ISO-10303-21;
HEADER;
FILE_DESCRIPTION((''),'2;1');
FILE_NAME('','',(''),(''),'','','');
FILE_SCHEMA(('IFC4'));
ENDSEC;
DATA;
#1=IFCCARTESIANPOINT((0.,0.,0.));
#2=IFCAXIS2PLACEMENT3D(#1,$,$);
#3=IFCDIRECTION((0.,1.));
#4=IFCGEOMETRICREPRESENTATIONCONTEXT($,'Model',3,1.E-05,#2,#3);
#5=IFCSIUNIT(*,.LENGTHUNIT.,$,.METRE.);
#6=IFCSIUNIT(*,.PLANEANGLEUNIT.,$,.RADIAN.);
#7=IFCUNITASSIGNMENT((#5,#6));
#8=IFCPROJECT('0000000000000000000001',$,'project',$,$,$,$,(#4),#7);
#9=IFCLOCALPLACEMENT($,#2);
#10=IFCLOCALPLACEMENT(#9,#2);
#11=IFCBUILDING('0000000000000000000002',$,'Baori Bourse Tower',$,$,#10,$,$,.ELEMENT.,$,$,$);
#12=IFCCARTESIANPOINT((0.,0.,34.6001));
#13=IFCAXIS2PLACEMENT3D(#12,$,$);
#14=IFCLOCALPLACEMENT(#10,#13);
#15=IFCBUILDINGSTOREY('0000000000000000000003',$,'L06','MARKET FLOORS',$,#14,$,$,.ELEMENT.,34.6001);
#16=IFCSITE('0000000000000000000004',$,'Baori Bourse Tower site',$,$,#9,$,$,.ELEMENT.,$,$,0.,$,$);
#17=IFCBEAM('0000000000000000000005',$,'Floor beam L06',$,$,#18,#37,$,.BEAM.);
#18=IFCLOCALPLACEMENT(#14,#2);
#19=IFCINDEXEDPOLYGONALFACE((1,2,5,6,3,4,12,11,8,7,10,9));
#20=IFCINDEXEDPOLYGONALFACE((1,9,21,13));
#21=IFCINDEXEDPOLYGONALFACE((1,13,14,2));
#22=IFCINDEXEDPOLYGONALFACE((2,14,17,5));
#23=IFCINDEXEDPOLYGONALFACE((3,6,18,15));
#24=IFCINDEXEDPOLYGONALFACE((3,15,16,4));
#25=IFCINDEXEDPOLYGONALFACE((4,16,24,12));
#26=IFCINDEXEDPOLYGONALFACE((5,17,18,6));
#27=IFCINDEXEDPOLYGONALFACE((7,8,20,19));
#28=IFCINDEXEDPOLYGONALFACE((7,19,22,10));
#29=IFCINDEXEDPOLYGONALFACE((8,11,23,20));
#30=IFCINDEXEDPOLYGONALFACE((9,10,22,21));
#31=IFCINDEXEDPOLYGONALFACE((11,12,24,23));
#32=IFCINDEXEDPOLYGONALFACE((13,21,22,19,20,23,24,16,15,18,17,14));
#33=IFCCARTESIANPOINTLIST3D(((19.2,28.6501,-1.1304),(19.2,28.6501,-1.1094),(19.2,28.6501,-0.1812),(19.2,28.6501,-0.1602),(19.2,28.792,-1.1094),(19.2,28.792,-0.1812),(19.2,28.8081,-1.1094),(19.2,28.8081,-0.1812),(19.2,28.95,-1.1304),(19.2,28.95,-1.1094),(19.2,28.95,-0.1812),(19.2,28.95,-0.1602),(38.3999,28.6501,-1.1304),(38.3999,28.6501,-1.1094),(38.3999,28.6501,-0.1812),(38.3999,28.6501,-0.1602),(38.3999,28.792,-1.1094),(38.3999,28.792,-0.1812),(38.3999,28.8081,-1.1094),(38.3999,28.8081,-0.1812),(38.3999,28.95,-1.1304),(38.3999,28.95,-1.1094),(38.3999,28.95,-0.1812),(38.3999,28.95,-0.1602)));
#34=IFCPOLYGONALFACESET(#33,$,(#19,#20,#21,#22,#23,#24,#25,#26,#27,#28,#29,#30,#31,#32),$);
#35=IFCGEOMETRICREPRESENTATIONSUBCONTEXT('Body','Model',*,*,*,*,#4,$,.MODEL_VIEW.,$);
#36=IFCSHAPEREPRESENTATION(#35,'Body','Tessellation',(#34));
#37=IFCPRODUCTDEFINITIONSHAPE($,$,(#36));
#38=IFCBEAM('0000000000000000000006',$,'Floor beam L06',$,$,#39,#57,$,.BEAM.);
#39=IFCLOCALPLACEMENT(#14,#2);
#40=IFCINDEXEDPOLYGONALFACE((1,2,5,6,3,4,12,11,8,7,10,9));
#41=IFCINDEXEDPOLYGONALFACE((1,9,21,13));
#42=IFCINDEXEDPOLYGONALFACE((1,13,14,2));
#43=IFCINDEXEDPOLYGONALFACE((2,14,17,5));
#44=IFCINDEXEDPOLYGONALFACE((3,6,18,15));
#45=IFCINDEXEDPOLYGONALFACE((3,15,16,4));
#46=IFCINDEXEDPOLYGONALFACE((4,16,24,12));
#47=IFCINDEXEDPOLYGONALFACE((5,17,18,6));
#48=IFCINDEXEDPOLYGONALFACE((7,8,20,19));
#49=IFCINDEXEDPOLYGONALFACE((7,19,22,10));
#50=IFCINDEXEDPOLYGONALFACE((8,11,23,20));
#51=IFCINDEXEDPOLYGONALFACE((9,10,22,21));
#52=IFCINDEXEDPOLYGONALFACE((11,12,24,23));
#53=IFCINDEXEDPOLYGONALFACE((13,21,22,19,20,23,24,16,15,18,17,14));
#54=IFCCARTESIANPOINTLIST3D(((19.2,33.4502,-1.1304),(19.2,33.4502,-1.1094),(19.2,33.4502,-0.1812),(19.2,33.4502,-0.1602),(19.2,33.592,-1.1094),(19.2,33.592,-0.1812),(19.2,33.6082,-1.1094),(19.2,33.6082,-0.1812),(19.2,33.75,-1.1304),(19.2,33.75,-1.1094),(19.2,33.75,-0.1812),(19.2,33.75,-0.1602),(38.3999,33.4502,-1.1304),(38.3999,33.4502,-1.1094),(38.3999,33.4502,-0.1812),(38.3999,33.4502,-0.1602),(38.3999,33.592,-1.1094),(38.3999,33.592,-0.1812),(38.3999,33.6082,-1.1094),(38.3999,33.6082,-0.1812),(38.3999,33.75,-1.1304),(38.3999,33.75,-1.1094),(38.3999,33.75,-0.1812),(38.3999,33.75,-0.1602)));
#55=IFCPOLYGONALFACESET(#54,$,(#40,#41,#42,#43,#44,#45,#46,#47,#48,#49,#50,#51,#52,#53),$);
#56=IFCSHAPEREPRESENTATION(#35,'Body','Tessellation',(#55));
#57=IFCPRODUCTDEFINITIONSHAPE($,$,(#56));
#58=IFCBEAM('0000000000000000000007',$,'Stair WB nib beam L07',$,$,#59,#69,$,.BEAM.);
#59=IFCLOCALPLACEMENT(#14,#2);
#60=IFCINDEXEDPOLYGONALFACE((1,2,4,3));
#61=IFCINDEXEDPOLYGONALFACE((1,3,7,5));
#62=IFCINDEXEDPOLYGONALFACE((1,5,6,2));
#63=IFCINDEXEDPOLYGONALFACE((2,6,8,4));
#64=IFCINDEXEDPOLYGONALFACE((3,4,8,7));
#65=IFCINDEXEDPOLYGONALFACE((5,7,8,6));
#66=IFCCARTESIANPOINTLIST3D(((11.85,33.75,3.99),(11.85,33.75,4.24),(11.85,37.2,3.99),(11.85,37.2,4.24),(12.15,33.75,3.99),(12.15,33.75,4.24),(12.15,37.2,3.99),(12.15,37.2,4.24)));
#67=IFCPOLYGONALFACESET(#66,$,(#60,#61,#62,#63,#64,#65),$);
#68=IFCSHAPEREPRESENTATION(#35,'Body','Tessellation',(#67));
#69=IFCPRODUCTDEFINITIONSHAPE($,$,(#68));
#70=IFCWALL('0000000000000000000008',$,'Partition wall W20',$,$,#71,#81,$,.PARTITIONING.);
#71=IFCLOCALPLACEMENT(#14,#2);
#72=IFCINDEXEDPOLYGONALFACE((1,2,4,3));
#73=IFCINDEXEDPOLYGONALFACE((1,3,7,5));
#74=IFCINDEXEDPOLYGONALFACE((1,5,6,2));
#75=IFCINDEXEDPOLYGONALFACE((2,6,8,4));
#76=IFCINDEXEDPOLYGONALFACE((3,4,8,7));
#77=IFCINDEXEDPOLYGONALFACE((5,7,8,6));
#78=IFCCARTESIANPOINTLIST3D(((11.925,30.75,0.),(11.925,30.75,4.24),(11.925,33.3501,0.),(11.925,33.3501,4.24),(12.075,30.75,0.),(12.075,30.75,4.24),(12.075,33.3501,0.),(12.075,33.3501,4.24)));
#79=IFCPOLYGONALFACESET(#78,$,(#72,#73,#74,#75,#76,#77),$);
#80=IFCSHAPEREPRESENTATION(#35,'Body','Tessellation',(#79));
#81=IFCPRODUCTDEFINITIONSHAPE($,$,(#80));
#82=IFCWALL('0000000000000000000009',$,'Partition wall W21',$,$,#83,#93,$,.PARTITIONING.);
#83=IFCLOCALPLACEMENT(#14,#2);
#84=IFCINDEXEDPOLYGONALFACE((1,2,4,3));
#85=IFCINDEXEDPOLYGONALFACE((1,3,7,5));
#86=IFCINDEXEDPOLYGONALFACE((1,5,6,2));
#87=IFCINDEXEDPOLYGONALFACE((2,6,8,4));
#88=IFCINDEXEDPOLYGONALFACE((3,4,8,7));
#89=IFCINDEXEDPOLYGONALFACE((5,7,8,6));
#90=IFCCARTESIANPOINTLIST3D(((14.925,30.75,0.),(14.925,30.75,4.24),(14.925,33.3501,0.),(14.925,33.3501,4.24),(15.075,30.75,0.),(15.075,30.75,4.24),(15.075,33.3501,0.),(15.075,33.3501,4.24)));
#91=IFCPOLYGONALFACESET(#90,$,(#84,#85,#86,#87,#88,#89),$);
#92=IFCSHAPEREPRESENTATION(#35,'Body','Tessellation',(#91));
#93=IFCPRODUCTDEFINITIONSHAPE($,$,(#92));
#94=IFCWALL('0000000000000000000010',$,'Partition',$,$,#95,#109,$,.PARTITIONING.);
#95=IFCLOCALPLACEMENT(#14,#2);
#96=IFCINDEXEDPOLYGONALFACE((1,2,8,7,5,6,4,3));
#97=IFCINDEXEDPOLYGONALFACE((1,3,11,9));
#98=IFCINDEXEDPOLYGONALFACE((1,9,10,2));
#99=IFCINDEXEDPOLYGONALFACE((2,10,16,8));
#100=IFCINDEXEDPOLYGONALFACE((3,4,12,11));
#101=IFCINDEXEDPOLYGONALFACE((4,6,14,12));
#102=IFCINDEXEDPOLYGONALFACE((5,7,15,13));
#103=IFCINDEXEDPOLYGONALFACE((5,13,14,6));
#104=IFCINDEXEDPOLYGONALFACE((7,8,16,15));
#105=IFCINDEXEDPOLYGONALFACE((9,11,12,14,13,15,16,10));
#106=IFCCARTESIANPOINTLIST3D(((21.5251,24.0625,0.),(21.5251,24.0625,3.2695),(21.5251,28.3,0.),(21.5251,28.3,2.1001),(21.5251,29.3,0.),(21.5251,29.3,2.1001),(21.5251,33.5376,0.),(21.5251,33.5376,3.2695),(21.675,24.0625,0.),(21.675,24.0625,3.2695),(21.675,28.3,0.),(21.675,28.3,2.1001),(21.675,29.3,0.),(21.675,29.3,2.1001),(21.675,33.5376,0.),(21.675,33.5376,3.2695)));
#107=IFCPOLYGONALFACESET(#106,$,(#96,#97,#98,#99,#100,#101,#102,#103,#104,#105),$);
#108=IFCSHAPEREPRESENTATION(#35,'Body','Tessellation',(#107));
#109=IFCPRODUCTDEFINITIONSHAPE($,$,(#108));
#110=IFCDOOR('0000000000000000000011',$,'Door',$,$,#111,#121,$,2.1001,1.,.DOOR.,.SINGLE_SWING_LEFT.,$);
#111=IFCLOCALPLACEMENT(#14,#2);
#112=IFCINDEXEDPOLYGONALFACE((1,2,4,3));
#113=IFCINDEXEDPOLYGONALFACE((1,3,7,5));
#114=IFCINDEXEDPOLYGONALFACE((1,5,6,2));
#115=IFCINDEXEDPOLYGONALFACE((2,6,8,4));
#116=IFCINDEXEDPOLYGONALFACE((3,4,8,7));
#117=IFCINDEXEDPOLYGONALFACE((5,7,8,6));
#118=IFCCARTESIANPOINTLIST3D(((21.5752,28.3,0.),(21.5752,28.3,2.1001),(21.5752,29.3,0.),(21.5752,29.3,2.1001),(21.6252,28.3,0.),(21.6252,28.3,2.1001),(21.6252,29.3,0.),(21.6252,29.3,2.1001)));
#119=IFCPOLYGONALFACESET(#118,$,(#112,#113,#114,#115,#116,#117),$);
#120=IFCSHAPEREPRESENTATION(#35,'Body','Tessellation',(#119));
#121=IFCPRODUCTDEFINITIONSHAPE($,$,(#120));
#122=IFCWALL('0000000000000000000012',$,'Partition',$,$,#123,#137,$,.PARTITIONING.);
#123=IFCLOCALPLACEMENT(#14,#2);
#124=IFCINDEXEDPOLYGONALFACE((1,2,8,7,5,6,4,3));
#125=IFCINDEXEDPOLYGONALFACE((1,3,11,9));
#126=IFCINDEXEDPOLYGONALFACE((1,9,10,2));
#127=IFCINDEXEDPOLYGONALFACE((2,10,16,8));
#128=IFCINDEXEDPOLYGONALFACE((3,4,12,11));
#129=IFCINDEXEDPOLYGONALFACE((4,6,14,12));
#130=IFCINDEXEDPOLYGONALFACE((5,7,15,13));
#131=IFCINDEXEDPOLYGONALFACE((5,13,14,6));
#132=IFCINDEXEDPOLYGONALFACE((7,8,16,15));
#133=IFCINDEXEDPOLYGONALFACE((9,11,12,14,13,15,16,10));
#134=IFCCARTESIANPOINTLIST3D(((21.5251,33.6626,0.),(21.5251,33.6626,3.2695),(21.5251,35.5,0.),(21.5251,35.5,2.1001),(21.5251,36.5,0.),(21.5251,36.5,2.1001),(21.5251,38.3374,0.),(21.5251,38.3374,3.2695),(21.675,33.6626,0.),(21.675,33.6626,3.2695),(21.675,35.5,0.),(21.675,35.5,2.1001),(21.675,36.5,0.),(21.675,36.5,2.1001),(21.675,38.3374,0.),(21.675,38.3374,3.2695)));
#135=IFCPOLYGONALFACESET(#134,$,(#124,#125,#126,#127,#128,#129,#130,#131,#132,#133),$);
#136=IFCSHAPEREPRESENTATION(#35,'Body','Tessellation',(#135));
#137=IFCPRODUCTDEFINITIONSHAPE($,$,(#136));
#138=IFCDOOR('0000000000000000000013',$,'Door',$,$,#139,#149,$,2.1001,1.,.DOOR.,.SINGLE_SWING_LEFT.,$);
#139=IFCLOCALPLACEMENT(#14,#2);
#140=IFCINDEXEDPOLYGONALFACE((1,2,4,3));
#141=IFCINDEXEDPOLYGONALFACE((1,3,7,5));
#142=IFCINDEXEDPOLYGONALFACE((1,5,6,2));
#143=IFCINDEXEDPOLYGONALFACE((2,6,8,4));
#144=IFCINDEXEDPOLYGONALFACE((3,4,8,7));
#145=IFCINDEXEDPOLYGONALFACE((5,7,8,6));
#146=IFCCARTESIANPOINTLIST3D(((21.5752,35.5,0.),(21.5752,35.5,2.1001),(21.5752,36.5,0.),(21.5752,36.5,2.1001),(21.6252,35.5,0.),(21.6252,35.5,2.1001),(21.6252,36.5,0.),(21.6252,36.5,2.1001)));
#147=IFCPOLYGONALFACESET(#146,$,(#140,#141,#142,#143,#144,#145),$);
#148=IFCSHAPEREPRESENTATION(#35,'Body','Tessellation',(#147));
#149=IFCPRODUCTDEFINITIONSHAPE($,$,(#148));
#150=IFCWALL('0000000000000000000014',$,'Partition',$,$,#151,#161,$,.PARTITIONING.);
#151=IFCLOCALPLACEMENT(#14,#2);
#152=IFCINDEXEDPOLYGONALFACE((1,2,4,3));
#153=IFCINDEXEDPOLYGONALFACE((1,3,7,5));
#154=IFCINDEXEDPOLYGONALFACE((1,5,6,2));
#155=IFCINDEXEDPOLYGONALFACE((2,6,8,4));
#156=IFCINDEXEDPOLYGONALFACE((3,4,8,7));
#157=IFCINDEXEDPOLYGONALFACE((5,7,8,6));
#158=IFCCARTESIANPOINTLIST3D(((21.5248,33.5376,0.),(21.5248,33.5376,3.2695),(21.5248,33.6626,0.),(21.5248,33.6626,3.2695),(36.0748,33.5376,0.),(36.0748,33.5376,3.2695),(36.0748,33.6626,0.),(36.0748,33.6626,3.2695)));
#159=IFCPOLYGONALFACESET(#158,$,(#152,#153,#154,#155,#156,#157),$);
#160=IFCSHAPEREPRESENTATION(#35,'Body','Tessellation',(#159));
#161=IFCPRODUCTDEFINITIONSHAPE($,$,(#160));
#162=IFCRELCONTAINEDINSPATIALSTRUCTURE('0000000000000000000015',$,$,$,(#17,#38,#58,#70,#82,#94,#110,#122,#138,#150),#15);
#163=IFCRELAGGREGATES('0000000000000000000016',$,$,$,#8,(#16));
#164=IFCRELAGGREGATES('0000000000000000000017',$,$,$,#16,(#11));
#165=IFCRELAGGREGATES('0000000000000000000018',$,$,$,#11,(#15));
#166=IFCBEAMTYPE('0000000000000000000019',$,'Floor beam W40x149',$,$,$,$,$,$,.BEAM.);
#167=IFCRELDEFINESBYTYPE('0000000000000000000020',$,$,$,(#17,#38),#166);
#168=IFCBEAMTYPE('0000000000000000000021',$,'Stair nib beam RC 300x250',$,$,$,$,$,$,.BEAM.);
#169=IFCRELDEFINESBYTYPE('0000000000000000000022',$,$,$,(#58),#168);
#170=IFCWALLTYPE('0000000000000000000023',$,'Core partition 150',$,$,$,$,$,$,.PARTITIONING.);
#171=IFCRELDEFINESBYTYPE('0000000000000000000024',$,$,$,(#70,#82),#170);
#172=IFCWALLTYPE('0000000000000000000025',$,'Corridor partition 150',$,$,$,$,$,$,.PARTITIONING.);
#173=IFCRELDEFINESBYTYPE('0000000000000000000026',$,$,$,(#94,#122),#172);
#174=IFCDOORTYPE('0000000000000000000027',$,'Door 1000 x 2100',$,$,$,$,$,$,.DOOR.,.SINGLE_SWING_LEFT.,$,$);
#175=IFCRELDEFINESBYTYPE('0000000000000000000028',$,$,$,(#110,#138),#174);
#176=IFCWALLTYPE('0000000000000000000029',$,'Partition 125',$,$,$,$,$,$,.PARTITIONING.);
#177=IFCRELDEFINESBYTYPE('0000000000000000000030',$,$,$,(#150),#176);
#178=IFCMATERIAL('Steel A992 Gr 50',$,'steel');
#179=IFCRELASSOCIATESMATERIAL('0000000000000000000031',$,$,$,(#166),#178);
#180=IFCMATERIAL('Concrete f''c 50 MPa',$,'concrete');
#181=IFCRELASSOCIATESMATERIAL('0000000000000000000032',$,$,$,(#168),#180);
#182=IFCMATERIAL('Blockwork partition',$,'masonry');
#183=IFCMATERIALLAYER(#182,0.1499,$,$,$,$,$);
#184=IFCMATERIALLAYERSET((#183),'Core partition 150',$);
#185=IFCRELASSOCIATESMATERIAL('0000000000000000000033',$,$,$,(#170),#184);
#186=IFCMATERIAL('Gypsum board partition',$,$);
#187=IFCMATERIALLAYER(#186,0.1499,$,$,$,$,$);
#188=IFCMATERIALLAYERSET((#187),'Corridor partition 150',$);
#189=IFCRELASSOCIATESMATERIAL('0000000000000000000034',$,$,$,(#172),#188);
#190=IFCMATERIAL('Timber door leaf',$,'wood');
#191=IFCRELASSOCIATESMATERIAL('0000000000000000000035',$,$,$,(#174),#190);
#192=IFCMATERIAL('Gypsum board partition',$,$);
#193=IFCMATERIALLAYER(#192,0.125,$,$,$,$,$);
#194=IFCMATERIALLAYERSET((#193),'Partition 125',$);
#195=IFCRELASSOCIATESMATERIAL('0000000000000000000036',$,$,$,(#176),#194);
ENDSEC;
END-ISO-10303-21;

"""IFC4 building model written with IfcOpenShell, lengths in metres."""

from ifc_helpers import new_model, si_unit, direction, frame, frame_2d, origin, origin_2d, place, context, subcontext, project, spatial, rectangle, i_section, extrude, material, layer, layer_set, material_profile, profile_set, type_object, element, fill, save


model = new_model("IFC4")

# Units and contexts
model_context = context("Model", 3, precision=1e-05, world=origin(), true_north=direction((0.0, 1.0)))
body_context = subcontext(model_context, "Body", "Model", "MODEL_VIEW")
ifc_project = project(units=[si_unit("LENGTHUNIT", "METRE"), si_unit("PLANEANGLEUNIT", "RADIAN")], contexts=[model_context])

# Site, building, storey
site_placement = place(None, origin())
site = spatial("IfcSite", under=ifc_project, at=site_placement, Name="Baori Bourse Tower site", CompositionType="ELEMENT", RefElevation=0.0)
building_placement = place(site_placement, origin())
building = spatial("IfcBuilding", under=site, at=building_placement, Name="Baori Bourse Tower", CompositionType="ELEMENT")
storey_placement = place(building_placement, frame((0.0, 0.0, 34.6001)))
storey = spatial("IfcBuildingStorey", under=building, at=storey_placement, Name="L06", Description="MARKET FLOORS", CompositionType="ELEMENT", Elevation=34.6001)

# Beams
ifc_material_1 = material(Name="Steel A992 Gr 50", Category="steel")
ifc_material_profile_1 = material_profile(ifc_material_1, i_section(OverallWidth=0.2998, OverallDepth=0.9702, WebThickness=0.0161, FlangeThickness=0.021, at=origin_2d()), Name="W40x149")
ifc_profile_set_1 = profile_set([ifc_material_profile_1], Name="Steel A992 Gr 50")
beam_type_1 = type_object("IfcBeamType", Name="Floor beam W40x149", PredefinedType="BEAM", material=ifc_profile_set_1)
for number, where, z_axis, x_axis, name in (
    (1, (19.2, 28.8, -0.6453), (1.0, 0.0, 0.0), (0.0, 1.0, 0.0), "Floor beam L06"),
    (2, (19.2, 33.6001, -0.6453), (1.0, 0.0, 0.0), (0.0, 1.0, 0.0), "Floor beam L06"),
):
    element("IfcBeam", number, at=place(storey_placement, frame(where, z_axis=z_axis, x_axis=x_axis)), inside=storey, type_object=beam_type_1, Name=name, PredefinedType="BEAM", context=body_context, shape_type="SweptSolid", body=[
        extrude(i_section(OverallWidth=0.2998, OverallDepth=0.9702, WebThickness=0.0161, FlangeThickness=0.021, at=origin_2d()), origin(), (0.0, 0.0, 1.0), 19.2),
    ])
ifc_material_2 = material(Name="Concrete f'c 50 MPa", Category="concrete")
ifc_material_profile_2 = material_profile(ifc_material_2, rectangle(XDim=0.3, YDim=0.25, at=origin_2d()), Name="RC 300x250")
ifc_profile_set_2 = profile_set([ifc_material_profile_2], Name="Concrete f'c 50 MPa")
beam_type_2 = type_object("IfcBeamType", Name="Stair nib beam RC 300x250", PredefinedType="BEAM", material=ifc_profile_set_2)
beam_placement = place(storey_placement, frame((12.0, 33.75, 4.115), z_axis=(0.0, 1.0, 0.0), x_axis=(-1.0, 0.0, 0.0)))
element("IfcBeam", 3, at=beam_placement, inside=storey, type_object=beam_type_2, Name="Stair WB nib beam L07", PredefinedType="BEAM", context=body_context, shape_type="SweptSolid", body=[
    extrude(rectangle(XDim=0.3, YDim=0.25, at=origin_2d()), origin(), (0.0, 0.0, 1.0), 3.45),
])

# Walls
ifc_material_3 = material(Name="Blockwork partition", Category="masonry")
ifc_layer_1 = layer(ifc_material_3, 0.1499)
ifc_layer_set_1 = layer_set([ifc_layer_1], Name="Core partition 150")
wall_type_1 = type_object("IfcWallType", Name="Core partition 150", PredefinedType="PARTITIONING", material=ifc_layer_set_1)
for number, where, z_axis, x_axis, name in (
    (4, (12.0, 30.75, 0.0), (0.0, 0.0, 1.0), (0.0, 1.0, 0.0), "Partition wall W20"),
    (5, (15.0, 30.75, 0.0), (0.0, 0.0, 1.0), (0.0, 1.0, 0.0), "Partition wall W21"),
):
    element("IfcWall", number, at=place(storey_placement, frame(where, z_axis=z_axis, x_axis=x_axis)), inside=storey, type_object=wall_type_1, Name=name, PredefinedType="PARTITIONING", context=body_context, shape_type="SweptSolid", body=[
        extrude(rectangle(XDim=2.6001, YDim=0.1499, at=frame_2d((1.3, 0.0))), origin(), (0.0, 0.0, 1.0), 4.24),
    ])

# Walls, openings, doors
ifc_material_4 = material(Name="Gypsum board partition")
ifc_layer_2 = layer(ifc_material_4, 0.1499)
ifc_layer_set_2 = layer_set([ifc_layer_2], Name="Corridor partition 150")
wall_type_2 = type_object("IfcWallType", Name="Corridor partition 150", PredefinedType="PARTITIONING", material=ifc_layer_set_2)
wall_1_placement = place(storey_placement, frame((21.6001, 24.0625, 0.0), z_axis=(0.0, 0.0, 1.0), x_axis=(0.0, 1.0, 0.0)))
wall_1 = element("IfcWall", 6, at=wall_1_placement, inside=storey, type_object=wall_type_2, Name="Partition", PredefinedType="PARTITIONING", context=body_context, shape_type="SweptSolid", body=[
    extrude(rectangle(XDim=9.4751, YDim=0.1499, at=frame_2d((4.7375, 0.0))), origin(), (0.0, 0.0, 1.0), 3.2695),
])
opening_1_placement = place(wall_1_placement, frame((4.2375, 0.0, 0.0)))
opening_1 = element("IfcOpeningElement", 7, at=opening_1_placement, cuts=wall_1, PredefinedType="OPENING", context=body_context, shape_type="SweptSolid", body=[
    extrude(rectangle(XDim=1.0, YDim=2.1001, at=frame_2d((0.5, 1.05))), frame((0.0, 0.085, 0.0), z_axis=(0.0, -1.0, 0.0), x_axis=(1.0, 0.0, 0.0)), (0.0, 0.0, 1.0), 0.1699),
])
ifc_material_5 = material(Name="Timber door leaf", Category="wood")
door_type_1 = type_object("IfcDoorType", Name="Door 1000 x 2100", OperationType="SINGLE_SWING_LEFT", PredefinedType="DOOR", material=ifc_material_5)
door_1_placement = place(opening_1_placement, origin())
door_1 = element("IfcDoor", 8, at=door_1_placement, inside=storey, type_object=door_type_1, Name="Door", OperationType="SINGLE_SWING_LEFT", OverallHeight=2.1001, OverallWidth=1.0, PredefinedType="DOOR", context=body_context, shape_type="SweptSolid", body=[
    extrude(rectangle(XDim=1.0, YDim=2.1001, at=frame_2d((0.5, 1.05))), frame((0.0, 0.0249, 0.0), z_axis=(0.0, -1.0, 0.0), x_axis=(1.0, 0.0, 0.0)), (0.0, 0.0, 1.0), 0.05),
])
fill(opening_1, door_1)
wall_2_placement = place(storey_placement, frame((21.6001, 33.6626, 0.0), z_axis=(0.0, 0.0, 1.0), x_axis=(0.0, 1.0, 0.0)))
wall_2 = element("IfcWall", 9, at=wall_2_placement, inside=storey, type_object=wall_type_2, Name="Partition", PredefinedType="PARTITIONING", context=body_context, shape_type="SweptSolid", body=[
    extrude(rectangle(XDim=4.6748, YDim=0.1499, at=frame_2d((2.3374, 0.0))), origin(), (0.0, 0.0, 1.0), 3.2695),
])
opening_2_placement = place(wall_2_placement, frame((1.8374, 0.0, 0.0)))
opening_2 = element("IfcOpeningElement", 10, at=opening_2_placement, cuts=wall_2, PredefinedType="OPENING", context=body_context, shape_type="SweptSolid", body=[
    extrude(rectangle(XDim=1.0, YDim=2.1001, at=frame_2d((0.5, 1.05))), frame((0.0, 0.085, 0.0), z_axis=(0.0, -1.0, 0.0), x_axis=(1.0, 0.0, 0.0)), (0.0, 0.0, 1.0), 0.1699),
])
door_2_placement = place(opening_2_placement, origin())
door_2 = element("IfcDoor", 11, at=door_2_placement, inside=storey, type_object=door_type_1, Name="Door", OperationType="SINGLE_SWING_LEFT", OverallHeight=2.1001, OverallWidth=1.0, PredefinedType="DOOR", context=body_context, shape_type="SweptSolid", body=[
    extrude(rectangle(XDim=1.0, YDim=2.1001, at=frame_2d((0.5, 1.05))), frame((0.0, 0.0249, 0.0), z_axis=(0.0, -1.0, 0.0), x_axis=(1.0, 0.0, 0.0)), (0.0, 0.0, 1.0), 0.05),
])
fill(opening_2, door_2)

# Wall
ifc_material_6 = material(Name="Gypsum board partition")
ifc_layer_3 = layer(ifc_material_6, 0.125)
ifc_layer_set_3 = layer_set([ifc_layer_3], Name="Partition 125")
wall_type_3 = type_object("IfcWallType", Name="Partition 125", PredefinedType="PARTITIONING", material=ifc_layer_set_3)
wall_3_placement = place(storey_placement, frame((21.5249, 33.6001, 0.0), z_axis=(0.0, 0.0, 1.0), x_axis=(1.0, 0.0, 0.0)))
element("IfcWall", 12, at=wall_3_placement, inside=storey, type_object=wall_type_3, Name="Partition", PredefinedType="PARTITIONING", context=body_context, shape_type="SweptSolid", body=[
    extrude(rectangle(XDim=14.55, YDim=0.125, at=frame_2d((7.2749, 0.0))), origin(), (0.0, 0.0, 1.0), 3.2695),
])

save(model, "model.ifc")
